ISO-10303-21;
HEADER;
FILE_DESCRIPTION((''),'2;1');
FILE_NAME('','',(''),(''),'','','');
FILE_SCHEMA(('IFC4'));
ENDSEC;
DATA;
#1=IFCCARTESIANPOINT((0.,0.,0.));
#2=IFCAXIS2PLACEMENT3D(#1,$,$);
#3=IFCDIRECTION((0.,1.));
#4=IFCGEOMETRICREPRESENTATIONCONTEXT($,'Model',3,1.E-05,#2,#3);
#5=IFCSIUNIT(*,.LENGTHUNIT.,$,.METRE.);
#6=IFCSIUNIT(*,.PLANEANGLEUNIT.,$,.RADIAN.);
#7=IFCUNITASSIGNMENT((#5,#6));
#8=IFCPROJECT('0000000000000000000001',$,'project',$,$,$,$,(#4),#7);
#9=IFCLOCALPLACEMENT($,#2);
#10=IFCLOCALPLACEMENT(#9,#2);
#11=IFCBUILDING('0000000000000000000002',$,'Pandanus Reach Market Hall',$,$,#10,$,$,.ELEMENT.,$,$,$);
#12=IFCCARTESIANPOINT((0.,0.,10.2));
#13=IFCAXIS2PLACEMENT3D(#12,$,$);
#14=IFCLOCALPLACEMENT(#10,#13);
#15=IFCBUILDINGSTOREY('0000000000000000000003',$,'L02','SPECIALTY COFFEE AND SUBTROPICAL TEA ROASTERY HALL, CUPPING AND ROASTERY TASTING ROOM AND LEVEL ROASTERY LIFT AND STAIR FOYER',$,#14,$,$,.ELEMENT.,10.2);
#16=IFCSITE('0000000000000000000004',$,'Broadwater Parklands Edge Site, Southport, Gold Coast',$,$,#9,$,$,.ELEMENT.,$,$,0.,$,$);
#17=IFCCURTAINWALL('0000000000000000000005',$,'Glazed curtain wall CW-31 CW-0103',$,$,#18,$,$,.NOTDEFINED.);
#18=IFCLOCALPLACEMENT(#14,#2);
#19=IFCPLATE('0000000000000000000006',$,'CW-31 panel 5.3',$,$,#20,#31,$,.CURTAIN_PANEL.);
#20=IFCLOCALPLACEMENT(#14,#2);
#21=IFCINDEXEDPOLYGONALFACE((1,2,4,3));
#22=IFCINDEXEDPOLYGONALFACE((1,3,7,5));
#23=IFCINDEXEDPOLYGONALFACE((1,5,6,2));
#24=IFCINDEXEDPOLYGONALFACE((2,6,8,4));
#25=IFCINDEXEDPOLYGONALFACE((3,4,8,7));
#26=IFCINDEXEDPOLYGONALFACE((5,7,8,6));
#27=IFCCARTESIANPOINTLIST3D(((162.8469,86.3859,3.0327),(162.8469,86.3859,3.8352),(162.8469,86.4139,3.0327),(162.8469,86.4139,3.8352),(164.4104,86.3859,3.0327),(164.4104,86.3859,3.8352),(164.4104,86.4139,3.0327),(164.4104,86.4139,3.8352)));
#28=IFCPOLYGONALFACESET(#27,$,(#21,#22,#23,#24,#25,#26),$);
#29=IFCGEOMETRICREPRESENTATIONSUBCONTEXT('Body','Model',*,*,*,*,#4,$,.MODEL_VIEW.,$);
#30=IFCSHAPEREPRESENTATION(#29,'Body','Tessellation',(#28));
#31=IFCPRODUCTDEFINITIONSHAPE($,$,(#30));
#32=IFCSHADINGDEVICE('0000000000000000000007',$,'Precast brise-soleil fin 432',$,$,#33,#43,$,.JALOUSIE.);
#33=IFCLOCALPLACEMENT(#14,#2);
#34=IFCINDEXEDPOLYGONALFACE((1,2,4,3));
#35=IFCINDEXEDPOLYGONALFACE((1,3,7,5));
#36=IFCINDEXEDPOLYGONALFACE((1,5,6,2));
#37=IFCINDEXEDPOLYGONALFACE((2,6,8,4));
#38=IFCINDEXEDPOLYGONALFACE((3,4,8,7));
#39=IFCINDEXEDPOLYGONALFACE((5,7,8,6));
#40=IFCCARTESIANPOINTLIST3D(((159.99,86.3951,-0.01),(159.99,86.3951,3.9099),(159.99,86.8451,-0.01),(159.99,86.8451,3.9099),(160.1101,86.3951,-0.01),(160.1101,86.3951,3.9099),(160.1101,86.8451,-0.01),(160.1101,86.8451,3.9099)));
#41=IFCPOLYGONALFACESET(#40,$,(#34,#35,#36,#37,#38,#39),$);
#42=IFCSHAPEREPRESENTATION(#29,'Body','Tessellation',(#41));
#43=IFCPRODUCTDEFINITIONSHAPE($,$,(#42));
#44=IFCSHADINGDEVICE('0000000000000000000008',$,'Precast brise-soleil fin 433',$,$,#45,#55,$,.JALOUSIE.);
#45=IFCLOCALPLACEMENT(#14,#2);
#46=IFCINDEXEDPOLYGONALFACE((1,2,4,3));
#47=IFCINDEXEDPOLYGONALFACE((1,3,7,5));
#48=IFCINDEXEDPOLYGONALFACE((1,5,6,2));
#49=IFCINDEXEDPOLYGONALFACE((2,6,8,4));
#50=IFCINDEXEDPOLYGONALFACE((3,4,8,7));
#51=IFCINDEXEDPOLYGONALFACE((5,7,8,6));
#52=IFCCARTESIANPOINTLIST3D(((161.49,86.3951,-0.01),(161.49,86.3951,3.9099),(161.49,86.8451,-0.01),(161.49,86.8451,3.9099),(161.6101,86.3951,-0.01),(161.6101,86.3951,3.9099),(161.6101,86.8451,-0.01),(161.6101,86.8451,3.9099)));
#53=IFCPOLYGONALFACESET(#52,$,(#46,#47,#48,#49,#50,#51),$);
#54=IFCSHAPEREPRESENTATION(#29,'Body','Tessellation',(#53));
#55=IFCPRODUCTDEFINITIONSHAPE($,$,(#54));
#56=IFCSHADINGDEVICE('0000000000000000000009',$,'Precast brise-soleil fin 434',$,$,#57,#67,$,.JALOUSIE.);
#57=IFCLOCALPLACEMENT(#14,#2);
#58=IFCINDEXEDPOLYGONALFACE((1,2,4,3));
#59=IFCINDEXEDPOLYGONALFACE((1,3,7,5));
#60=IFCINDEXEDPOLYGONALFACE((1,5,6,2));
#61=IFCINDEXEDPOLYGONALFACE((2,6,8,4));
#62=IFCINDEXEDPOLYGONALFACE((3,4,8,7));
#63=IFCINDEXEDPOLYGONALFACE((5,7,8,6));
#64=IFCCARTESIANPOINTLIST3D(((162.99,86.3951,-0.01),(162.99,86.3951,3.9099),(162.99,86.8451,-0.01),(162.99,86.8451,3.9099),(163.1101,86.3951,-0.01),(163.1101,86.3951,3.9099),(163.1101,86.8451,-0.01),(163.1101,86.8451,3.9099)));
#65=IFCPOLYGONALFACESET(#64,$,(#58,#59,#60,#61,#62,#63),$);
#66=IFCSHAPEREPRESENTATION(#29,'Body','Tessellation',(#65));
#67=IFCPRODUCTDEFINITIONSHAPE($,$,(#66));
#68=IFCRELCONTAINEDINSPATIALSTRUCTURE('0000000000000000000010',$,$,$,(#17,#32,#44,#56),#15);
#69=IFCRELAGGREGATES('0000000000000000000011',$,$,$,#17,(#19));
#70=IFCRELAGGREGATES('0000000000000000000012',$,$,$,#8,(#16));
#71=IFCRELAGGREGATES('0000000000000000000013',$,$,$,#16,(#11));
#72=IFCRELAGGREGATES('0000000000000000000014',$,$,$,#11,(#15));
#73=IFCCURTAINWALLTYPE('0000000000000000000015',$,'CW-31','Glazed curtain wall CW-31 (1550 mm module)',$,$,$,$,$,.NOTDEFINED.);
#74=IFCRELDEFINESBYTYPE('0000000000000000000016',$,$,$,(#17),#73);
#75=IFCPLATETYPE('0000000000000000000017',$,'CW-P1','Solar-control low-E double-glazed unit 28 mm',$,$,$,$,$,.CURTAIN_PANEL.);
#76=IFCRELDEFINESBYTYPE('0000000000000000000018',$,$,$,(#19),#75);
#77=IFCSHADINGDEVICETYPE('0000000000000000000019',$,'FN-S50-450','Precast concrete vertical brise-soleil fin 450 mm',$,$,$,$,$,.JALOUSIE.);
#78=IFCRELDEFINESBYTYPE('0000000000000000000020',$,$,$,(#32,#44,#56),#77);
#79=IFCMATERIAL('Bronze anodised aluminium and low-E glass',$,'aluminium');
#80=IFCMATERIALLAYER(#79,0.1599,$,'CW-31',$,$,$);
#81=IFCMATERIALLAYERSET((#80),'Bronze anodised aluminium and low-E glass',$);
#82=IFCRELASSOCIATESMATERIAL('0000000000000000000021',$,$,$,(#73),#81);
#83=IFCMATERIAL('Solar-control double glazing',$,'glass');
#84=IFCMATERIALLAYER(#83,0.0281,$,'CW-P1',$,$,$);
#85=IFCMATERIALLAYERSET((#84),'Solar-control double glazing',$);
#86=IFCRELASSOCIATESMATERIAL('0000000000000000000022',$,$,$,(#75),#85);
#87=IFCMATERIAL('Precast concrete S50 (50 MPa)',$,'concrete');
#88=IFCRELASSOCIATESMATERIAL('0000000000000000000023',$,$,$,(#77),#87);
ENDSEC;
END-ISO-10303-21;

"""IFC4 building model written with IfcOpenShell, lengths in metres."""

from ifc_helpers import new_model, si_unit, direction, frame, origin, origin_2d, place, context, subcontext, project, spatial, rectangle, extrude, material, layer, layer_set, type_object, element, aggregate, save


model = new_model("IFC4")

# Units and contexts
model_context = context("Model", 3, precision=1e-05, world=origin(), true_north=direction((0.0, 1.0)))
body_context = subcontext(model_context, "Body", "Model", "MODEL_VIEW")
ifc_project = project(units=[si_unit("LENGTHUNIT", "METRE"), si_unit("PLANEANGLEUNIT", "RADIAN")], contexts=[model_context])

# Site, building, storey
site_placement = place(None, origin())
site = spatial("IfcSite", under=ifc_project, at=site_placement, Name="Broadwater Parklands Edge Site, Southport, Gold Coast", CompositionType="ELEMENT", RefElevation=0.0)
building_placement = place(site_placement, origin())
building = spatial("IfcBuilding", under=site, at=building_placement, Name="Pandanus Reach Market Hall", CompositionType="ELEMENT")
storey_placement = place(building_placement, frame((0.0, 0.0, 10.2)))
storey = spatial("IfcBuildingStorey", under=building, at=storey_placement, Name="L02", Description="SPECIALTY COFFEE AND SUBTROPICAL TEA ROASTERY HALL, CUPPING AND ROASTERY TASTING ROOM AND LEVEL ROASTERY LIFT AND STAIR FOYER", CompositionType="ELEMENT", Elevation=10.2)

# Curtain wall, plate
ifc_material_1 = material(Name="Bronze anodised aluminium and low-E glass", Category="aluminium")
ifc_layer_1 = layer(ifc_material_1, 0.1599, Name="CW-31")
ifc_layer_set_1 = layer_set([ifc_layer_1], Name="Bronze anodised aluminium and low-E glass")
curtain_wall_type = type_object("IfcCurtainWallType", Name="CW-31", Description="Glazed curtain wall CW-31 (1550 mm module)", PredefinedType="NOTDEFINED", material=ifc_layer_set_1)
curtain_wall_placement = place(storey_placement, origin())
curtain_wall = element("IfcCurtainWall", 1, at=curtain_wall_placement, inside=storey, type_object=curtain_wall_type, Name="Glazed curtain wall CW-31 CW-0103", PredefinedType="NOTDEFINED")
ifc_material_2 = material(Name="Solar-control double glazing", Category="glass")
ifc_layer_2 = layer(ifc_material_2, 0.0281, Name="CW-P1")
ifc_layer_set_2 = layer_set([ifc_layer_2], Name="Solar-control double glazing")
plate_type = type_object("IfcPlateType", Name="CW-P1", Description="Solar-control low-E double-glazed unit 28 mm", PredefinedType="CURTAIN_PANEL", material=ifc_layer_set_2)
plate_1_placement = place(storey_placement, frame((163.6287, 86.3999, 3.0327), z_axis=(0.0, 0.0, 1.0), x_axis=(1.0, 0.0, 0.0)))
plate_1 = element("IfcPlate", 2, at=plate_1_placement, type_object=plate_type, Name="CW-31 panel 5.3", PredefinedType="CURTAIN_PANEL", context=body_context, shape_type="SweptSolid", body=[
    extrude(rectangle(XDim=1.5635, YDim=0.0281, at=origin_2d()), origin(), (0.0, 0.0, 1.0), 0.8025),
])
aggregate(curtain_wall, [plate_1])

# Shading devices
ifc_material_3 = material(Name="Precast concrete S50 (50 MPa)", Category="concrete")
shading_device_type = type_object("IfcShadingDeviceType", Name="FN-S50-450", Description="Precast concrete vertical brise-soleil fin 450 mm", PredefinedType="JALOUSIE", material=ifc_material_3)
for number, where, z_axis, x_axis, name in (
    (3, (160.05, 86.6201, -0.01), (0.0, 0.0, 1.0), (0.0, 1.0, 0.0), "Precast brise-soleil fin 432"),
    (4, (161.55, 86.6201, -0.01), (0.0, 0.0, 1.0), (0.0, 1.0, 0.0), "Precast brise-soleil fin 433"),
    (5, (163.05, 86.6201, -0.01), (0.0, 0.0, 1.0), (0.0, 1.0, 0.0), "Precast brise-soleil fin 434"),
):
    element("IfcShadingDevice", number, at=place(storey_placement, frame(where, z_axis=z_axis, x_axis=x_axis)), inside=storey, type_object=shading_device_type, Name=name, PredefinedType="JALOUSIE", context=body_context, shape_type="SweptSolid", body=[
        extrude(rectangle(XDim=0.45, YDim=0.1201, at=origin_2d()), origin(), (0.0, 0.0, 1.0), 3.9199),
    ])

save(model, "model.ifc")
